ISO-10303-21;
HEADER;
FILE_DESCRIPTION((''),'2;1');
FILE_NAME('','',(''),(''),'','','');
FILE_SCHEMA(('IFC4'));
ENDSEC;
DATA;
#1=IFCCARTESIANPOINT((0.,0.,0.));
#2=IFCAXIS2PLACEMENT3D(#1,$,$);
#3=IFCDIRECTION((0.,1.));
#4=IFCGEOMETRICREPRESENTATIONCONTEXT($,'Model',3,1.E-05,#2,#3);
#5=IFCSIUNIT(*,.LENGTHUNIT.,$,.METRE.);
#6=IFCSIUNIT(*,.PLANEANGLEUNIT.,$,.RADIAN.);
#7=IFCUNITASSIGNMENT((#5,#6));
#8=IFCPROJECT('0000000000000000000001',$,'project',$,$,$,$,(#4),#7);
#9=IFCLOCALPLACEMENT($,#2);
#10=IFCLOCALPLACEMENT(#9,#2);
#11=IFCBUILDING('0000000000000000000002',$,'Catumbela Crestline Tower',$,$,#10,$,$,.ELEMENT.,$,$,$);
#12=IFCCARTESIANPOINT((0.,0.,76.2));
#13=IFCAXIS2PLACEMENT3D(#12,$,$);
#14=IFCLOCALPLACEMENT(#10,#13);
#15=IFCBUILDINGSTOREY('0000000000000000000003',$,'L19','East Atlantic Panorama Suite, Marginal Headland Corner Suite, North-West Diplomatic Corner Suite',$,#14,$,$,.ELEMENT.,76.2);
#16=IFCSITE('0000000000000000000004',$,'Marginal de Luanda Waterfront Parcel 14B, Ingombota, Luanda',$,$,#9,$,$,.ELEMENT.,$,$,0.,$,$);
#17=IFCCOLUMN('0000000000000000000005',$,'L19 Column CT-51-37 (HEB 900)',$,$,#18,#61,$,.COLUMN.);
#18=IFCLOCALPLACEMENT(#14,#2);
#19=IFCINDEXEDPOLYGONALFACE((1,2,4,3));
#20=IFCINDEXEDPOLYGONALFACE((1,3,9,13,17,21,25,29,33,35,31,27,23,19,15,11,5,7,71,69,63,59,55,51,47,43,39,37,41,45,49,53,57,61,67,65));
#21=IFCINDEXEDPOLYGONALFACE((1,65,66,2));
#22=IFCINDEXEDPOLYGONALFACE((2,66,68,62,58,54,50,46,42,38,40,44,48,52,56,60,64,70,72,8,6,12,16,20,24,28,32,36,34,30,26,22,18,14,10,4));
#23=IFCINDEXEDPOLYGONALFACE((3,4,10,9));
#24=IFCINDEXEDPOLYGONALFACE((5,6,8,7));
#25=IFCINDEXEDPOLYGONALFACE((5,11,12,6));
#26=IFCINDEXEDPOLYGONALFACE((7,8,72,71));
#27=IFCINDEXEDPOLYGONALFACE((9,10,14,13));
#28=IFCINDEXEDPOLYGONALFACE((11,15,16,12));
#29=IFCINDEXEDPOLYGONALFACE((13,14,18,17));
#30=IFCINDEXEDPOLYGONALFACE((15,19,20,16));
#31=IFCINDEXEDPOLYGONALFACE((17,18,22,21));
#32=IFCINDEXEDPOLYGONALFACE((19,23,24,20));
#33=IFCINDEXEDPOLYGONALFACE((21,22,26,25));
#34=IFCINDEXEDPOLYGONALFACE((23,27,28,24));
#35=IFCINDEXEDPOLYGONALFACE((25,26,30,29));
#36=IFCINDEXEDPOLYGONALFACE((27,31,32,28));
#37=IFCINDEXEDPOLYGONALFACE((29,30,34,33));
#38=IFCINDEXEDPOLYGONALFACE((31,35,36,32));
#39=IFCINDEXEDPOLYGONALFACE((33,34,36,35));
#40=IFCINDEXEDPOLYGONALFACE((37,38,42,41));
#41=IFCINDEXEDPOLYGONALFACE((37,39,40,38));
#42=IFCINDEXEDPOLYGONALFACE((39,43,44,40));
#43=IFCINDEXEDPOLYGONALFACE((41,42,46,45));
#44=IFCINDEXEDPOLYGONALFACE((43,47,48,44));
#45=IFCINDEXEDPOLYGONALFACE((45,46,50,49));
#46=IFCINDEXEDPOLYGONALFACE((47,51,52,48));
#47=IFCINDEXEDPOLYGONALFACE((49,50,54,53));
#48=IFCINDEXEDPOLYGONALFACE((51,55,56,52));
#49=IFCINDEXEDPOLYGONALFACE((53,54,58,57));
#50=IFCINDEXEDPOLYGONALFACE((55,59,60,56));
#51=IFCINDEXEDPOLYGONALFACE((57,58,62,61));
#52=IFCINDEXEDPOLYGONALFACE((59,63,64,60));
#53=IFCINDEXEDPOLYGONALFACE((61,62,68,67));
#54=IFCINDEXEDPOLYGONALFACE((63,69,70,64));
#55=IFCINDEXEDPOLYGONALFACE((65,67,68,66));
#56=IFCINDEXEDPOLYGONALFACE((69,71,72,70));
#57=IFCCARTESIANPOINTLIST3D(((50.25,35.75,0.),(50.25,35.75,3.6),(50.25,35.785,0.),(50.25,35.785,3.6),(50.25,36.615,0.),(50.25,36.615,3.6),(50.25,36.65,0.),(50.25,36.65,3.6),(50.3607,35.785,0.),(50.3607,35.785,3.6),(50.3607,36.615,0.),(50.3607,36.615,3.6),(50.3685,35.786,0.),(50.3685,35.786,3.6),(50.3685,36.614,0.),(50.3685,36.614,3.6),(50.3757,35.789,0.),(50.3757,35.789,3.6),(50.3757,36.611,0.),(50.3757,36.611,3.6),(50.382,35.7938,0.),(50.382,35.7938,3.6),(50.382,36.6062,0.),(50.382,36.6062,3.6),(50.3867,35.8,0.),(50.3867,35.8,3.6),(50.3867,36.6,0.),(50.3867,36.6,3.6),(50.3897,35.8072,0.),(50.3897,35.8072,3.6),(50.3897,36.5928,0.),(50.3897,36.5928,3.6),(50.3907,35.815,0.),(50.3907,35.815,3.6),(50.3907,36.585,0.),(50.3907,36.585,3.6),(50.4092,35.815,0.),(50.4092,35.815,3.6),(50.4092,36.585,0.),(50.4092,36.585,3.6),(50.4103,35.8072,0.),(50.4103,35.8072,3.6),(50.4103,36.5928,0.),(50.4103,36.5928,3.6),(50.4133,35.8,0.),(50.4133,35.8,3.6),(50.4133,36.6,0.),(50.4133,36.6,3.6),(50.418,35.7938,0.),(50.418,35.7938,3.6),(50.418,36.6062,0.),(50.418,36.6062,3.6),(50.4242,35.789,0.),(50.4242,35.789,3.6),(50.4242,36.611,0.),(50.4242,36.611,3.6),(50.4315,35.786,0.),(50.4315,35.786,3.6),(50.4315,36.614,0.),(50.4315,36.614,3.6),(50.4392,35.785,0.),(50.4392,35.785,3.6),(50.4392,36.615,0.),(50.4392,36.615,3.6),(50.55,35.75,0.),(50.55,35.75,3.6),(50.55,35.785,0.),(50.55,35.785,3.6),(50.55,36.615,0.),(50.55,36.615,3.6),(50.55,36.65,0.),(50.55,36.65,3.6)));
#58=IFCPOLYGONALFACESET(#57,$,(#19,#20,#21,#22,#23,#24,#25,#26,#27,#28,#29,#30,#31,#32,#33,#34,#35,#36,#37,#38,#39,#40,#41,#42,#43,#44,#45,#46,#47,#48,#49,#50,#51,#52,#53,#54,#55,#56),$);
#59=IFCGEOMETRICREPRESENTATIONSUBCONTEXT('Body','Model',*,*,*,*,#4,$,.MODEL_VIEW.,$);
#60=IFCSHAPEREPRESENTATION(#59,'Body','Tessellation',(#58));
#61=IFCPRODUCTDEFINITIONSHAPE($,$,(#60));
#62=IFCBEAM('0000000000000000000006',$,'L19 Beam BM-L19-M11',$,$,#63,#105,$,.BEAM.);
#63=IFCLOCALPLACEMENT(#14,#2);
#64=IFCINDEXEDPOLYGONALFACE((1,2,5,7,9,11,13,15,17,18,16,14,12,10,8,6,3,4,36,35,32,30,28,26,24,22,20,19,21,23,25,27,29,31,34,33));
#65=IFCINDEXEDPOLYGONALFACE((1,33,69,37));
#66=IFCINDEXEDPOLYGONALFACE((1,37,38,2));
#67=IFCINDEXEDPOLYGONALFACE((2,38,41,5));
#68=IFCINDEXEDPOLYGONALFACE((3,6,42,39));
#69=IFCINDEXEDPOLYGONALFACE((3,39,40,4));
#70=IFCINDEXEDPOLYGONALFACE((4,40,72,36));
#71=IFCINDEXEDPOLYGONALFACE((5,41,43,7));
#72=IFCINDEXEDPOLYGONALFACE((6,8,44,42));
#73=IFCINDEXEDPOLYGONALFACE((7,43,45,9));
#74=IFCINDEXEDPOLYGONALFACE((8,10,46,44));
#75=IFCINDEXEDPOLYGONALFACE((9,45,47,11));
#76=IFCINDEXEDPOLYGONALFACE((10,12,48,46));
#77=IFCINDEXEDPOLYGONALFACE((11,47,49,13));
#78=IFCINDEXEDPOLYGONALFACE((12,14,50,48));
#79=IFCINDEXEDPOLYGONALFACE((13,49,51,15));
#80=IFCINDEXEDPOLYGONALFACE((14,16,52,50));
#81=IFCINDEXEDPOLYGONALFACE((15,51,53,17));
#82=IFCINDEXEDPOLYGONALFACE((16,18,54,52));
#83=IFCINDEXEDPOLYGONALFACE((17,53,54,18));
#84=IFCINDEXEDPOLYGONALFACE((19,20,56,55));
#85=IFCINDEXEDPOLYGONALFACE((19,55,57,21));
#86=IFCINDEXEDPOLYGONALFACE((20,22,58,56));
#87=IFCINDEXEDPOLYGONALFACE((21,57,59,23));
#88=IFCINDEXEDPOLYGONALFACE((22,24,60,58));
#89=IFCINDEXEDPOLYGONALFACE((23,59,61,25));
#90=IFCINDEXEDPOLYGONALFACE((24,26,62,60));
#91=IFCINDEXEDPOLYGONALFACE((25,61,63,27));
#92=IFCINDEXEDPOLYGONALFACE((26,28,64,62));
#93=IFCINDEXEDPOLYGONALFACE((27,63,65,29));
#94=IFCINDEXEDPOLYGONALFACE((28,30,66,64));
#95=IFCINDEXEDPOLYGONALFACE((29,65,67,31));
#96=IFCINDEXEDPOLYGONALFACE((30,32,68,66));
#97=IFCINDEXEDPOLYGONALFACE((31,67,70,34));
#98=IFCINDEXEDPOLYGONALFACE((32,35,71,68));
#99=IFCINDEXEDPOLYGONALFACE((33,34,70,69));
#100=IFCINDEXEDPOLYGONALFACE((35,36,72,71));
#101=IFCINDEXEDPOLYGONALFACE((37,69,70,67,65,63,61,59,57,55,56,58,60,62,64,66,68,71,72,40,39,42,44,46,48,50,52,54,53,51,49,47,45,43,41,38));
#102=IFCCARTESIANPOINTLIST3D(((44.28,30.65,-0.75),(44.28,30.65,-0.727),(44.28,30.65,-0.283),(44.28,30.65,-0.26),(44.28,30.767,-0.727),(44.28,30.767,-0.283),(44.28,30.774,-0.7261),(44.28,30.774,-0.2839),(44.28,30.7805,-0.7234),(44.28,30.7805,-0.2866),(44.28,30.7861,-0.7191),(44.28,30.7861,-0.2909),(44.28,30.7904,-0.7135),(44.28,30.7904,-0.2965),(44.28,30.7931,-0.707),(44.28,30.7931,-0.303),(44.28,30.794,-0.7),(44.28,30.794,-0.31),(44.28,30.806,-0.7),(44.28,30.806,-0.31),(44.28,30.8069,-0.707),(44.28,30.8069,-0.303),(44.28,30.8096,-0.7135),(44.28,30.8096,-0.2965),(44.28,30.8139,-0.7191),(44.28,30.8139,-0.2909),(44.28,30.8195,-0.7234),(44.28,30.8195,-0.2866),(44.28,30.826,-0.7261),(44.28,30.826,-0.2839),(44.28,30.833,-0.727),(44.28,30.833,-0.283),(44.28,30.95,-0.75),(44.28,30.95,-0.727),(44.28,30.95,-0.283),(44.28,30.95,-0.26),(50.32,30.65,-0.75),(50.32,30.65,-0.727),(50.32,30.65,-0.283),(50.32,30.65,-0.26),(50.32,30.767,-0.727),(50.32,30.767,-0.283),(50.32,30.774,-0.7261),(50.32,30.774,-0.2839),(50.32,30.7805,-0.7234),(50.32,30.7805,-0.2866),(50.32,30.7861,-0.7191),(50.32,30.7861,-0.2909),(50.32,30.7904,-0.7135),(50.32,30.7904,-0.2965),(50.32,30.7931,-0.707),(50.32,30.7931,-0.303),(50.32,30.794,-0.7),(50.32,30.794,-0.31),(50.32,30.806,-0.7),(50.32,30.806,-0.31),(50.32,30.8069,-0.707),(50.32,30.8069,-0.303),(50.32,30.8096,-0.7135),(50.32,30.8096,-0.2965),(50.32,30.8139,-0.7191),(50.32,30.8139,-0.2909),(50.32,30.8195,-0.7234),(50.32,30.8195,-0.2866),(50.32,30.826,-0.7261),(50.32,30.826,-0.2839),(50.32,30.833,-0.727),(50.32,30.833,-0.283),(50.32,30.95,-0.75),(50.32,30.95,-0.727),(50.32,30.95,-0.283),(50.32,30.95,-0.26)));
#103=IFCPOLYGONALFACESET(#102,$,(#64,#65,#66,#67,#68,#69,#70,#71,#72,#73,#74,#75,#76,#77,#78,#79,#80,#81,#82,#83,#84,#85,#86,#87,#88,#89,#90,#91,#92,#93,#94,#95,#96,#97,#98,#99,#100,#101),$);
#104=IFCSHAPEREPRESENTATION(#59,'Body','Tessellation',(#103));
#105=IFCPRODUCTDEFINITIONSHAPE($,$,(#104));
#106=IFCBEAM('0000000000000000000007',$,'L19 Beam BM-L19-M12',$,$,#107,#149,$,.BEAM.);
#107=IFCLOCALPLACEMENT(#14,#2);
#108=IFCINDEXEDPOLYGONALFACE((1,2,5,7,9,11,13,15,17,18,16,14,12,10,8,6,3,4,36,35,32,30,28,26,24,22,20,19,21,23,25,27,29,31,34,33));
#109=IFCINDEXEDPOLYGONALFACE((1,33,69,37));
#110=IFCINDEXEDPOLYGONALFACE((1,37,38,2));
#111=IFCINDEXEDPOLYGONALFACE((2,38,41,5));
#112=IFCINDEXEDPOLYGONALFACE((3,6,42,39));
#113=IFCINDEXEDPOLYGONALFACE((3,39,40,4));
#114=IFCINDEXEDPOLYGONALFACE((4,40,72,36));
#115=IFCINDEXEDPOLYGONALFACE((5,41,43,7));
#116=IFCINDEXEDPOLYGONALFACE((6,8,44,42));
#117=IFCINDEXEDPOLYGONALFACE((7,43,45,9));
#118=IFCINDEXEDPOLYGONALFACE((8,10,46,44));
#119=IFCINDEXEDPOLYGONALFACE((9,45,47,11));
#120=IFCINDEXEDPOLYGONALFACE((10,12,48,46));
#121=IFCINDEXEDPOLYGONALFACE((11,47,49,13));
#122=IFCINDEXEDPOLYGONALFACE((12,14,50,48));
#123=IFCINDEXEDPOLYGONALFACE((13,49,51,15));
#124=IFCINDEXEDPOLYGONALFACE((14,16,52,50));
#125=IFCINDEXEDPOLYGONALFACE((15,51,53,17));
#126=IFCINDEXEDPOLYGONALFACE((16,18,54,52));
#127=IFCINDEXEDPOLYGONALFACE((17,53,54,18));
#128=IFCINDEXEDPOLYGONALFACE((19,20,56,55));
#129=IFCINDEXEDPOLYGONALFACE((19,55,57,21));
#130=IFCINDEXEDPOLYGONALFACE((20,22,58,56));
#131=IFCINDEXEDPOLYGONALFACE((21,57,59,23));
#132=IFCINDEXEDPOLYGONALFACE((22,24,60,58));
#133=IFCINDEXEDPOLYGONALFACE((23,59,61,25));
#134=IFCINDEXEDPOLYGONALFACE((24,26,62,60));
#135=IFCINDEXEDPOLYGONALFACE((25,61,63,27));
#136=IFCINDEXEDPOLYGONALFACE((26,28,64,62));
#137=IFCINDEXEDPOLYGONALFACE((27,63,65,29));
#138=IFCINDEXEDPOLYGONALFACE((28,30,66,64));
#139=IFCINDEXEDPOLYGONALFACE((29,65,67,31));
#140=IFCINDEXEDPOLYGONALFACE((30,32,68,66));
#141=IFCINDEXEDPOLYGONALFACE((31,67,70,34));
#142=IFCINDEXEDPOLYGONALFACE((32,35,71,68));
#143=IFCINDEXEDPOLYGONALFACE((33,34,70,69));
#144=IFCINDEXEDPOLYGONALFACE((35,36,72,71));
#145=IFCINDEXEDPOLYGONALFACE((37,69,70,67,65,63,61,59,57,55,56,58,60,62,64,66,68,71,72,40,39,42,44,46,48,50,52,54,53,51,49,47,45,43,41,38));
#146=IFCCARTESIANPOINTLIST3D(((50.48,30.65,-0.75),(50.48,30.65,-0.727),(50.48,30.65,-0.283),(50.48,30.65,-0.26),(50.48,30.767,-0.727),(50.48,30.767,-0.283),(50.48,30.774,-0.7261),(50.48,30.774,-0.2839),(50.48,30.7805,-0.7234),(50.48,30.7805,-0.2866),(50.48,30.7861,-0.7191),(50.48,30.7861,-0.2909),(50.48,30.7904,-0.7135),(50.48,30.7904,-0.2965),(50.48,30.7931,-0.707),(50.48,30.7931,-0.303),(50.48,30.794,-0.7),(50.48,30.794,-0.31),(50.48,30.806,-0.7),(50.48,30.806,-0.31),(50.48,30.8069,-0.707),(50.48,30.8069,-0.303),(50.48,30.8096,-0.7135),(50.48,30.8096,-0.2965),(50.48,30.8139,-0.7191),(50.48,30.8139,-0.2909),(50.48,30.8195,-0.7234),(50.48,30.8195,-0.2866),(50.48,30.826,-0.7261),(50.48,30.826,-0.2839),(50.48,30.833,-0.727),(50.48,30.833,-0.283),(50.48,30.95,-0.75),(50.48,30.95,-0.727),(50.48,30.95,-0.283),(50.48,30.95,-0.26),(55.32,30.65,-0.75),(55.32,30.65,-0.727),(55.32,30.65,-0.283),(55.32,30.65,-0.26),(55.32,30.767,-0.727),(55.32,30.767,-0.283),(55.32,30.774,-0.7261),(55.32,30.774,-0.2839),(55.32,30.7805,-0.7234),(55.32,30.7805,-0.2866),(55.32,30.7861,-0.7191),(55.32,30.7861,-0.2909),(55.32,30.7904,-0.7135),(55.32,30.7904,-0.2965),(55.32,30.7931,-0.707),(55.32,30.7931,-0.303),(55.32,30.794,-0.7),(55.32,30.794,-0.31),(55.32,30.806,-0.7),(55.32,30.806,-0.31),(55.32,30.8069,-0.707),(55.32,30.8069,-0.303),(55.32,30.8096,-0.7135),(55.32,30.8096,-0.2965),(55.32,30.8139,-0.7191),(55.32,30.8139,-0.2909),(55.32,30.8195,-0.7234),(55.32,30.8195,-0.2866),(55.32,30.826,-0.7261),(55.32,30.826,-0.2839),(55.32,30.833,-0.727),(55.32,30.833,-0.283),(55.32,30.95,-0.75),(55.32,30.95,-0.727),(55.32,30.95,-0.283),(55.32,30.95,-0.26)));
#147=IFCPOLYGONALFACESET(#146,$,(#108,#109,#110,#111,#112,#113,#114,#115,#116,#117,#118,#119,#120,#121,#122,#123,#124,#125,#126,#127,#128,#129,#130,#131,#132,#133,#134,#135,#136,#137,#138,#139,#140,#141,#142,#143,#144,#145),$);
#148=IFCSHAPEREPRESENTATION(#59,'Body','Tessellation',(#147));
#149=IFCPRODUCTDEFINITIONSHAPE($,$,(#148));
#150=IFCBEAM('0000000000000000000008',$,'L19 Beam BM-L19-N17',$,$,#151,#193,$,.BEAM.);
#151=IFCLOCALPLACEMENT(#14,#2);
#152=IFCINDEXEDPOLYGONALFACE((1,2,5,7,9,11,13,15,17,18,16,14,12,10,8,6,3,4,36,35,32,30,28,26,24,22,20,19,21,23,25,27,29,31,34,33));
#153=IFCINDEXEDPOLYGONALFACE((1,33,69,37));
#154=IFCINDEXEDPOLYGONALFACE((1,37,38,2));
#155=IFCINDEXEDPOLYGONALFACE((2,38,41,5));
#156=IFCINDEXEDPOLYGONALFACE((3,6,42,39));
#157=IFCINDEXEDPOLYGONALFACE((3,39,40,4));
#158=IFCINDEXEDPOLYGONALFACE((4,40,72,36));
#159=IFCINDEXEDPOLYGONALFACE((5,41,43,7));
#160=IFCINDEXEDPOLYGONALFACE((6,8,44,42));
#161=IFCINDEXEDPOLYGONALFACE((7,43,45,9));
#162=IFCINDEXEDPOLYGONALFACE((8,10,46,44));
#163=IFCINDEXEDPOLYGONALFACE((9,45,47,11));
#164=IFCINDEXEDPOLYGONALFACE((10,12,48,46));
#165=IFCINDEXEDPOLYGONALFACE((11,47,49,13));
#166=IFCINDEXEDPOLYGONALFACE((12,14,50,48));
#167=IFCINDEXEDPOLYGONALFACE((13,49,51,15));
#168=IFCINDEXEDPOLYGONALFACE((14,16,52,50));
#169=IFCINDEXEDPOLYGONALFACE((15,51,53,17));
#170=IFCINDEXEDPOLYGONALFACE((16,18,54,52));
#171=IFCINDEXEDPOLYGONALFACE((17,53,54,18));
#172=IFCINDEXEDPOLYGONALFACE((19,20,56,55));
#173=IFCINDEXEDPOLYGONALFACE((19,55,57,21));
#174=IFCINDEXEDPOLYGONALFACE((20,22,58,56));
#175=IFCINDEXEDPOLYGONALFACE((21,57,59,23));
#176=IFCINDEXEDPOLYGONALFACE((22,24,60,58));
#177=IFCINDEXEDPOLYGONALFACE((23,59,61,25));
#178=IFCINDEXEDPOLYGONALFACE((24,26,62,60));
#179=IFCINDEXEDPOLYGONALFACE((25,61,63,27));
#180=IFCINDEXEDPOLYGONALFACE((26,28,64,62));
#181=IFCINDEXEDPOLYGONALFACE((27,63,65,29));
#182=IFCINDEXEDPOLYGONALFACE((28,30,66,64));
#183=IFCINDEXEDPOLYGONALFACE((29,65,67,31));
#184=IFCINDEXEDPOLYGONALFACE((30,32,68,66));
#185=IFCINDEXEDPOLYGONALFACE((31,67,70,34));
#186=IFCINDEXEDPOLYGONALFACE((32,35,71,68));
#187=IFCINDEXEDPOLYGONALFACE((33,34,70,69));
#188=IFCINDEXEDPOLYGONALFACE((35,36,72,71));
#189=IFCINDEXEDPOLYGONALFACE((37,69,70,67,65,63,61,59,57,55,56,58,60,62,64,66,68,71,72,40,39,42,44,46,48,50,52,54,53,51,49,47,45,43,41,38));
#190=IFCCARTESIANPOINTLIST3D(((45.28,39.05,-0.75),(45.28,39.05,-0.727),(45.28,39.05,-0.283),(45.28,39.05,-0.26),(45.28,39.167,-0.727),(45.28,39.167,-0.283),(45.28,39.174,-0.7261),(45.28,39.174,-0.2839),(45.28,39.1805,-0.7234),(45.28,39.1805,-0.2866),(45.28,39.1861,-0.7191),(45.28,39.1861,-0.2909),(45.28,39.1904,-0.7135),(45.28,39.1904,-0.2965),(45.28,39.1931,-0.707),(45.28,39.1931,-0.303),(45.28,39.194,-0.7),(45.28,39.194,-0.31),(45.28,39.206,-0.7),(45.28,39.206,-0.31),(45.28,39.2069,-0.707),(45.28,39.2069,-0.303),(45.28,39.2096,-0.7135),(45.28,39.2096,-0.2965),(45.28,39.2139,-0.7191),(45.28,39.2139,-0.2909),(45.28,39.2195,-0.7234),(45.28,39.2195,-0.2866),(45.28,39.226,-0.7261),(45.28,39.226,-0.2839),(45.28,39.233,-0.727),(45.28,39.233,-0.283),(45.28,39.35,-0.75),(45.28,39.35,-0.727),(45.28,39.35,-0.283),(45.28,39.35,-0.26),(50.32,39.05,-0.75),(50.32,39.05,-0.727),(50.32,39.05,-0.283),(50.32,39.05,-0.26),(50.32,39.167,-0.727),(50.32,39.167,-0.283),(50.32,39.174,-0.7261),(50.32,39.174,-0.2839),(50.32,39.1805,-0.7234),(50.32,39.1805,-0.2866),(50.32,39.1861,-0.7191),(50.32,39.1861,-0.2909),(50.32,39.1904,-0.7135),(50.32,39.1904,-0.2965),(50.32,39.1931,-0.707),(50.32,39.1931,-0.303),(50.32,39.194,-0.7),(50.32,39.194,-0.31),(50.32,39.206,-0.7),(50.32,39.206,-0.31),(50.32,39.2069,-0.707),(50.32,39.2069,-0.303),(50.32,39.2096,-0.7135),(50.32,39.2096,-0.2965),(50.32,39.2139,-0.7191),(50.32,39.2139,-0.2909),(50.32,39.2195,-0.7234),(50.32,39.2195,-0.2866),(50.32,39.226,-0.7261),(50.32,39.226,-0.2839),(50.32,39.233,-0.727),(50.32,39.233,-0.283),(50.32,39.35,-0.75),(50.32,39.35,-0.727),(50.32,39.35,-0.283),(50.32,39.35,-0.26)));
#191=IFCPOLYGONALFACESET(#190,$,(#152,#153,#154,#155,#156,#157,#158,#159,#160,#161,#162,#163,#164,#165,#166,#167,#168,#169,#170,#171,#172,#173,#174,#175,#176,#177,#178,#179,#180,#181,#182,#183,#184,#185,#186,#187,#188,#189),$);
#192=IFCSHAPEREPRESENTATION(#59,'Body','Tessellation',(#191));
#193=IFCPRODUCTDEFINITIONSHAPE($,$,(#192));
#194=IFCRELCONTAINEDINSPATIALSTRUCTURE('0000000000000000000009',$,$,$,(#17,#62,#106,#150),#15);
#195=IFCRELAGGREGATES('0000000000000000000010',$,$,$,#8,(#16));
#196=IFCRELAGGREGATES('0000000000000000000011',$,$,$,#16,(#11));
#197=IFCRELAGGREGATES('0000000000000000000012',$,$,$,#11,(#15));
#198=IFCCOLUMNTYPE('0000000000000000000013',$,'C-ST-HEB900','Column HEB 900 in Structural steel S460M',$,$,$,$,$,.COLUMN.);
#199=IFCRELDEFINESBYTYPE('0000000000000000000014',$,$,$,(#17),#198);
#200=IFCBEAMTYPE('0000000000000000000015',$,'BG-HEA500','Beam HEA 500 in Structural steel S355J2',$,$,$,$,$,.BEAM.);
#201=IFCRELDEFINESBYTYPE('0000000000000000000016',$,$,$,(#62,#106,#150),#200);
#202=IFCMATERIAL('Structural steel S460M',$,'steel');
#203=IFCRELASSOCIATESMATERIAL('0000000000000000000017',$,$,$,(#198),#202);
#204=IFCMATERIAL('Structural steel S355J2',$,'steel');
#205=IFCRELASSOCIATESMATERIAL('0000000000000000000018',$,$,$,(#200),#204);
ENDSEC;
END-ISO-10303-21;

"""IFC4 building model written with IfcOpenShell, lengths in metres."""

from ifc_helpers import new_model, si_unit, direction, frame, origin, origin_2d, place, context, subcontext, project, spatial, i_section, extrude, material, material_profile, profile_set, type_object, element, save


model = new_model("IFC4")

# Units and contexts
model_context = context("Model", 3, precision=1e-05, world=origin(), true_north=direction((0.0, 1.0)))
body_context = subcontext(model_context, "Body", "Model", "MODEL_VIEW")
ifc_project = project(units=[si_unit("LENGTHUNIT", "METRE"), si_unit("PLANEANGLEUNIT", "RADIAN")], contexts=[model_context])

# Site, building, storey
site_placement = place(None, origin())
site = spatial("IfcSite", under=ifc_project, at=site_placement, Name="Marginal de Luanda Waterfront Parcel 14B, Ingombota, Luanda", CompositionType="ELEMENT", RefElevation=0.0)
building_placement = place(site_placement, origin())
building = spatial("IfcBuilding", under=site, at=building_placement, Name="Catumbela Crestline Tower", CompositionType="ELEMENT")
storey_placement = place(building_placement, frame((0.0, 0.0, 76.2)))
storey = spatial("IfcBuildingStorey", under=building, at=storey_placement, Name="L19", Description="East Atlantic Panorama Suite, Marginal Headland Corner Suite, North-West Diplomatic Corner Suite", CompositionType="ELEMENT", Elevation=76.2)

# Column
ifc_material_1 = material(Name="Structural steel S460M", Category="steel")
ifc_material_profile_1 = material_profile(ifc_material_1, i_section(OverallWidth=0.3, OverallDepth=0.9, WebThickness=0.0185, FlangeThickness=0.035, FilletRadius=0.03, at=origin_2d()), Name="HEB 900")
ifc_profile_set_1 = profile_set([ifc_material_profile_1], Name="Structural steel S460M")
column_type_1 = type_object("IfcColumnType", Name="C-ST-HEB900", Description="Column HEB 900 in Structural steel S460M", PredefinedType="COLUMN", material=ifc_profile_set_1)
for number, where, z_axis, x_axis, name in (
    (1, (50.4, 36.2, 0.0), (0.0, 0.0, 1.0), (1.0, 0.0, 0.0), "L19 Column CT-51-37 (HEB 900)"),
):
    element("IfcColumn", number, at=place(storey_placement, frame(where, z_axis=z_axis, x_axis=x_axis)), inside=storey, type_object=column_type_1, Name=name, PredefinedType="COLUMN", context=body_context, shape_type="SweptSolid", body=[
        extrude(i_section(OverallWidth=0.3, OverallDepth=0.9, WebThickness=0.0185, FlangeThickness=0.035, FilletRadius=0.03, at=origin_2d()), origin(), (0.0, 0.0, 1.0), 3.6),
    ])

# Beams
ifc_material_2 = material(Name="Structural steel S355J2", Category="steel")
ifc_material_profile_2 = material_profile(ifc_material_2, i_section(OverallWidth=0.3, OverallDepth=0.49, WebThickness=0.012, FlangeThickness=0.023, FilletRadius=0.027, at=origin_2d()), Name="HEA 500")
ifc_profile_set_2 = profile_set([ifc_material_profile_2], Name="Structural steel S355J2")
beam_type_1 = type_object("IfcBeamType", Name="BG-HEA500", Description="Beam HEA 500 in Structural steel S355J2", PredefinedType="BEAM", material=ifc_profile_set_2)
beam_1_placement = place(storey_placement, frame((44.28, 30.8, -0.505), z_axis=(1.0, 0.0, 0.0), x_axis=(0.0, 1.0, 0.0)))
element("IfcBeam", 2, at=beam_1_placement, inside=storey, type_object=beam_type_1, Name="L19 Beam BM-L19-M11", PredefinedType="BEAM", context=body_context, shape_type="SweptSolid", body=[
    extrude(i_section(OverallWidth=0.3, OverallDepth=0.49, WebThickness=0.012, FlangeThickness=0.023, FilletRadius=0.027, at=origin_2d()), origin(), (0.0, 0.0, 1.0), 6.04),
])
beam_2_placement = place(storey_placement, frame((50.48, 30.8, -0.505), z_axis=(1.0, 0.0, 0.0), x_axis=(0.0, 1.0, 0.0)))
element("IfcBeam", 3, at=beam_2_placement, inside=storey, type_object=beam_type_1, Name="L19 Beam BM-L19-M12", PredefinedType="BEAM", context=body_context, shape_type="SweptSolid", body=[
    extrude(i_section(OverallWidth=0.3, OverallDepth=0.49, WebThickness=0.012, FlangeThickness=0.023, FilletRadius=0.027, at=origin_2d()), origin(), (0.0, 0.0, 1.0), 4.84),
])
beam_3_placement = place(storey_placement, frame((45.28, 39.2, -0.505), z_axis=(1.0, 0.0, 0.0), x_axis=(0.0, 1.0, 0.0)))
element("IfcBeam", 4, at=beam_3_placement, inside=storey, type_object=beam_type_1, Name="L19 Beam BM-L19-N17", PredefinedType="BEAM", context=body_context, shape_type="SweptSolid", body=[
    extrude(i_section(OverallWidth=0.3, OverallDepth=0.49, WebThickness=0.012, FlangeThickness=0.023, FilletRadius=0.027, at=origin_2d()), origin(), (0.0, 0.0, 1.0), 5.04),
])

save(model, "model.ifc")
